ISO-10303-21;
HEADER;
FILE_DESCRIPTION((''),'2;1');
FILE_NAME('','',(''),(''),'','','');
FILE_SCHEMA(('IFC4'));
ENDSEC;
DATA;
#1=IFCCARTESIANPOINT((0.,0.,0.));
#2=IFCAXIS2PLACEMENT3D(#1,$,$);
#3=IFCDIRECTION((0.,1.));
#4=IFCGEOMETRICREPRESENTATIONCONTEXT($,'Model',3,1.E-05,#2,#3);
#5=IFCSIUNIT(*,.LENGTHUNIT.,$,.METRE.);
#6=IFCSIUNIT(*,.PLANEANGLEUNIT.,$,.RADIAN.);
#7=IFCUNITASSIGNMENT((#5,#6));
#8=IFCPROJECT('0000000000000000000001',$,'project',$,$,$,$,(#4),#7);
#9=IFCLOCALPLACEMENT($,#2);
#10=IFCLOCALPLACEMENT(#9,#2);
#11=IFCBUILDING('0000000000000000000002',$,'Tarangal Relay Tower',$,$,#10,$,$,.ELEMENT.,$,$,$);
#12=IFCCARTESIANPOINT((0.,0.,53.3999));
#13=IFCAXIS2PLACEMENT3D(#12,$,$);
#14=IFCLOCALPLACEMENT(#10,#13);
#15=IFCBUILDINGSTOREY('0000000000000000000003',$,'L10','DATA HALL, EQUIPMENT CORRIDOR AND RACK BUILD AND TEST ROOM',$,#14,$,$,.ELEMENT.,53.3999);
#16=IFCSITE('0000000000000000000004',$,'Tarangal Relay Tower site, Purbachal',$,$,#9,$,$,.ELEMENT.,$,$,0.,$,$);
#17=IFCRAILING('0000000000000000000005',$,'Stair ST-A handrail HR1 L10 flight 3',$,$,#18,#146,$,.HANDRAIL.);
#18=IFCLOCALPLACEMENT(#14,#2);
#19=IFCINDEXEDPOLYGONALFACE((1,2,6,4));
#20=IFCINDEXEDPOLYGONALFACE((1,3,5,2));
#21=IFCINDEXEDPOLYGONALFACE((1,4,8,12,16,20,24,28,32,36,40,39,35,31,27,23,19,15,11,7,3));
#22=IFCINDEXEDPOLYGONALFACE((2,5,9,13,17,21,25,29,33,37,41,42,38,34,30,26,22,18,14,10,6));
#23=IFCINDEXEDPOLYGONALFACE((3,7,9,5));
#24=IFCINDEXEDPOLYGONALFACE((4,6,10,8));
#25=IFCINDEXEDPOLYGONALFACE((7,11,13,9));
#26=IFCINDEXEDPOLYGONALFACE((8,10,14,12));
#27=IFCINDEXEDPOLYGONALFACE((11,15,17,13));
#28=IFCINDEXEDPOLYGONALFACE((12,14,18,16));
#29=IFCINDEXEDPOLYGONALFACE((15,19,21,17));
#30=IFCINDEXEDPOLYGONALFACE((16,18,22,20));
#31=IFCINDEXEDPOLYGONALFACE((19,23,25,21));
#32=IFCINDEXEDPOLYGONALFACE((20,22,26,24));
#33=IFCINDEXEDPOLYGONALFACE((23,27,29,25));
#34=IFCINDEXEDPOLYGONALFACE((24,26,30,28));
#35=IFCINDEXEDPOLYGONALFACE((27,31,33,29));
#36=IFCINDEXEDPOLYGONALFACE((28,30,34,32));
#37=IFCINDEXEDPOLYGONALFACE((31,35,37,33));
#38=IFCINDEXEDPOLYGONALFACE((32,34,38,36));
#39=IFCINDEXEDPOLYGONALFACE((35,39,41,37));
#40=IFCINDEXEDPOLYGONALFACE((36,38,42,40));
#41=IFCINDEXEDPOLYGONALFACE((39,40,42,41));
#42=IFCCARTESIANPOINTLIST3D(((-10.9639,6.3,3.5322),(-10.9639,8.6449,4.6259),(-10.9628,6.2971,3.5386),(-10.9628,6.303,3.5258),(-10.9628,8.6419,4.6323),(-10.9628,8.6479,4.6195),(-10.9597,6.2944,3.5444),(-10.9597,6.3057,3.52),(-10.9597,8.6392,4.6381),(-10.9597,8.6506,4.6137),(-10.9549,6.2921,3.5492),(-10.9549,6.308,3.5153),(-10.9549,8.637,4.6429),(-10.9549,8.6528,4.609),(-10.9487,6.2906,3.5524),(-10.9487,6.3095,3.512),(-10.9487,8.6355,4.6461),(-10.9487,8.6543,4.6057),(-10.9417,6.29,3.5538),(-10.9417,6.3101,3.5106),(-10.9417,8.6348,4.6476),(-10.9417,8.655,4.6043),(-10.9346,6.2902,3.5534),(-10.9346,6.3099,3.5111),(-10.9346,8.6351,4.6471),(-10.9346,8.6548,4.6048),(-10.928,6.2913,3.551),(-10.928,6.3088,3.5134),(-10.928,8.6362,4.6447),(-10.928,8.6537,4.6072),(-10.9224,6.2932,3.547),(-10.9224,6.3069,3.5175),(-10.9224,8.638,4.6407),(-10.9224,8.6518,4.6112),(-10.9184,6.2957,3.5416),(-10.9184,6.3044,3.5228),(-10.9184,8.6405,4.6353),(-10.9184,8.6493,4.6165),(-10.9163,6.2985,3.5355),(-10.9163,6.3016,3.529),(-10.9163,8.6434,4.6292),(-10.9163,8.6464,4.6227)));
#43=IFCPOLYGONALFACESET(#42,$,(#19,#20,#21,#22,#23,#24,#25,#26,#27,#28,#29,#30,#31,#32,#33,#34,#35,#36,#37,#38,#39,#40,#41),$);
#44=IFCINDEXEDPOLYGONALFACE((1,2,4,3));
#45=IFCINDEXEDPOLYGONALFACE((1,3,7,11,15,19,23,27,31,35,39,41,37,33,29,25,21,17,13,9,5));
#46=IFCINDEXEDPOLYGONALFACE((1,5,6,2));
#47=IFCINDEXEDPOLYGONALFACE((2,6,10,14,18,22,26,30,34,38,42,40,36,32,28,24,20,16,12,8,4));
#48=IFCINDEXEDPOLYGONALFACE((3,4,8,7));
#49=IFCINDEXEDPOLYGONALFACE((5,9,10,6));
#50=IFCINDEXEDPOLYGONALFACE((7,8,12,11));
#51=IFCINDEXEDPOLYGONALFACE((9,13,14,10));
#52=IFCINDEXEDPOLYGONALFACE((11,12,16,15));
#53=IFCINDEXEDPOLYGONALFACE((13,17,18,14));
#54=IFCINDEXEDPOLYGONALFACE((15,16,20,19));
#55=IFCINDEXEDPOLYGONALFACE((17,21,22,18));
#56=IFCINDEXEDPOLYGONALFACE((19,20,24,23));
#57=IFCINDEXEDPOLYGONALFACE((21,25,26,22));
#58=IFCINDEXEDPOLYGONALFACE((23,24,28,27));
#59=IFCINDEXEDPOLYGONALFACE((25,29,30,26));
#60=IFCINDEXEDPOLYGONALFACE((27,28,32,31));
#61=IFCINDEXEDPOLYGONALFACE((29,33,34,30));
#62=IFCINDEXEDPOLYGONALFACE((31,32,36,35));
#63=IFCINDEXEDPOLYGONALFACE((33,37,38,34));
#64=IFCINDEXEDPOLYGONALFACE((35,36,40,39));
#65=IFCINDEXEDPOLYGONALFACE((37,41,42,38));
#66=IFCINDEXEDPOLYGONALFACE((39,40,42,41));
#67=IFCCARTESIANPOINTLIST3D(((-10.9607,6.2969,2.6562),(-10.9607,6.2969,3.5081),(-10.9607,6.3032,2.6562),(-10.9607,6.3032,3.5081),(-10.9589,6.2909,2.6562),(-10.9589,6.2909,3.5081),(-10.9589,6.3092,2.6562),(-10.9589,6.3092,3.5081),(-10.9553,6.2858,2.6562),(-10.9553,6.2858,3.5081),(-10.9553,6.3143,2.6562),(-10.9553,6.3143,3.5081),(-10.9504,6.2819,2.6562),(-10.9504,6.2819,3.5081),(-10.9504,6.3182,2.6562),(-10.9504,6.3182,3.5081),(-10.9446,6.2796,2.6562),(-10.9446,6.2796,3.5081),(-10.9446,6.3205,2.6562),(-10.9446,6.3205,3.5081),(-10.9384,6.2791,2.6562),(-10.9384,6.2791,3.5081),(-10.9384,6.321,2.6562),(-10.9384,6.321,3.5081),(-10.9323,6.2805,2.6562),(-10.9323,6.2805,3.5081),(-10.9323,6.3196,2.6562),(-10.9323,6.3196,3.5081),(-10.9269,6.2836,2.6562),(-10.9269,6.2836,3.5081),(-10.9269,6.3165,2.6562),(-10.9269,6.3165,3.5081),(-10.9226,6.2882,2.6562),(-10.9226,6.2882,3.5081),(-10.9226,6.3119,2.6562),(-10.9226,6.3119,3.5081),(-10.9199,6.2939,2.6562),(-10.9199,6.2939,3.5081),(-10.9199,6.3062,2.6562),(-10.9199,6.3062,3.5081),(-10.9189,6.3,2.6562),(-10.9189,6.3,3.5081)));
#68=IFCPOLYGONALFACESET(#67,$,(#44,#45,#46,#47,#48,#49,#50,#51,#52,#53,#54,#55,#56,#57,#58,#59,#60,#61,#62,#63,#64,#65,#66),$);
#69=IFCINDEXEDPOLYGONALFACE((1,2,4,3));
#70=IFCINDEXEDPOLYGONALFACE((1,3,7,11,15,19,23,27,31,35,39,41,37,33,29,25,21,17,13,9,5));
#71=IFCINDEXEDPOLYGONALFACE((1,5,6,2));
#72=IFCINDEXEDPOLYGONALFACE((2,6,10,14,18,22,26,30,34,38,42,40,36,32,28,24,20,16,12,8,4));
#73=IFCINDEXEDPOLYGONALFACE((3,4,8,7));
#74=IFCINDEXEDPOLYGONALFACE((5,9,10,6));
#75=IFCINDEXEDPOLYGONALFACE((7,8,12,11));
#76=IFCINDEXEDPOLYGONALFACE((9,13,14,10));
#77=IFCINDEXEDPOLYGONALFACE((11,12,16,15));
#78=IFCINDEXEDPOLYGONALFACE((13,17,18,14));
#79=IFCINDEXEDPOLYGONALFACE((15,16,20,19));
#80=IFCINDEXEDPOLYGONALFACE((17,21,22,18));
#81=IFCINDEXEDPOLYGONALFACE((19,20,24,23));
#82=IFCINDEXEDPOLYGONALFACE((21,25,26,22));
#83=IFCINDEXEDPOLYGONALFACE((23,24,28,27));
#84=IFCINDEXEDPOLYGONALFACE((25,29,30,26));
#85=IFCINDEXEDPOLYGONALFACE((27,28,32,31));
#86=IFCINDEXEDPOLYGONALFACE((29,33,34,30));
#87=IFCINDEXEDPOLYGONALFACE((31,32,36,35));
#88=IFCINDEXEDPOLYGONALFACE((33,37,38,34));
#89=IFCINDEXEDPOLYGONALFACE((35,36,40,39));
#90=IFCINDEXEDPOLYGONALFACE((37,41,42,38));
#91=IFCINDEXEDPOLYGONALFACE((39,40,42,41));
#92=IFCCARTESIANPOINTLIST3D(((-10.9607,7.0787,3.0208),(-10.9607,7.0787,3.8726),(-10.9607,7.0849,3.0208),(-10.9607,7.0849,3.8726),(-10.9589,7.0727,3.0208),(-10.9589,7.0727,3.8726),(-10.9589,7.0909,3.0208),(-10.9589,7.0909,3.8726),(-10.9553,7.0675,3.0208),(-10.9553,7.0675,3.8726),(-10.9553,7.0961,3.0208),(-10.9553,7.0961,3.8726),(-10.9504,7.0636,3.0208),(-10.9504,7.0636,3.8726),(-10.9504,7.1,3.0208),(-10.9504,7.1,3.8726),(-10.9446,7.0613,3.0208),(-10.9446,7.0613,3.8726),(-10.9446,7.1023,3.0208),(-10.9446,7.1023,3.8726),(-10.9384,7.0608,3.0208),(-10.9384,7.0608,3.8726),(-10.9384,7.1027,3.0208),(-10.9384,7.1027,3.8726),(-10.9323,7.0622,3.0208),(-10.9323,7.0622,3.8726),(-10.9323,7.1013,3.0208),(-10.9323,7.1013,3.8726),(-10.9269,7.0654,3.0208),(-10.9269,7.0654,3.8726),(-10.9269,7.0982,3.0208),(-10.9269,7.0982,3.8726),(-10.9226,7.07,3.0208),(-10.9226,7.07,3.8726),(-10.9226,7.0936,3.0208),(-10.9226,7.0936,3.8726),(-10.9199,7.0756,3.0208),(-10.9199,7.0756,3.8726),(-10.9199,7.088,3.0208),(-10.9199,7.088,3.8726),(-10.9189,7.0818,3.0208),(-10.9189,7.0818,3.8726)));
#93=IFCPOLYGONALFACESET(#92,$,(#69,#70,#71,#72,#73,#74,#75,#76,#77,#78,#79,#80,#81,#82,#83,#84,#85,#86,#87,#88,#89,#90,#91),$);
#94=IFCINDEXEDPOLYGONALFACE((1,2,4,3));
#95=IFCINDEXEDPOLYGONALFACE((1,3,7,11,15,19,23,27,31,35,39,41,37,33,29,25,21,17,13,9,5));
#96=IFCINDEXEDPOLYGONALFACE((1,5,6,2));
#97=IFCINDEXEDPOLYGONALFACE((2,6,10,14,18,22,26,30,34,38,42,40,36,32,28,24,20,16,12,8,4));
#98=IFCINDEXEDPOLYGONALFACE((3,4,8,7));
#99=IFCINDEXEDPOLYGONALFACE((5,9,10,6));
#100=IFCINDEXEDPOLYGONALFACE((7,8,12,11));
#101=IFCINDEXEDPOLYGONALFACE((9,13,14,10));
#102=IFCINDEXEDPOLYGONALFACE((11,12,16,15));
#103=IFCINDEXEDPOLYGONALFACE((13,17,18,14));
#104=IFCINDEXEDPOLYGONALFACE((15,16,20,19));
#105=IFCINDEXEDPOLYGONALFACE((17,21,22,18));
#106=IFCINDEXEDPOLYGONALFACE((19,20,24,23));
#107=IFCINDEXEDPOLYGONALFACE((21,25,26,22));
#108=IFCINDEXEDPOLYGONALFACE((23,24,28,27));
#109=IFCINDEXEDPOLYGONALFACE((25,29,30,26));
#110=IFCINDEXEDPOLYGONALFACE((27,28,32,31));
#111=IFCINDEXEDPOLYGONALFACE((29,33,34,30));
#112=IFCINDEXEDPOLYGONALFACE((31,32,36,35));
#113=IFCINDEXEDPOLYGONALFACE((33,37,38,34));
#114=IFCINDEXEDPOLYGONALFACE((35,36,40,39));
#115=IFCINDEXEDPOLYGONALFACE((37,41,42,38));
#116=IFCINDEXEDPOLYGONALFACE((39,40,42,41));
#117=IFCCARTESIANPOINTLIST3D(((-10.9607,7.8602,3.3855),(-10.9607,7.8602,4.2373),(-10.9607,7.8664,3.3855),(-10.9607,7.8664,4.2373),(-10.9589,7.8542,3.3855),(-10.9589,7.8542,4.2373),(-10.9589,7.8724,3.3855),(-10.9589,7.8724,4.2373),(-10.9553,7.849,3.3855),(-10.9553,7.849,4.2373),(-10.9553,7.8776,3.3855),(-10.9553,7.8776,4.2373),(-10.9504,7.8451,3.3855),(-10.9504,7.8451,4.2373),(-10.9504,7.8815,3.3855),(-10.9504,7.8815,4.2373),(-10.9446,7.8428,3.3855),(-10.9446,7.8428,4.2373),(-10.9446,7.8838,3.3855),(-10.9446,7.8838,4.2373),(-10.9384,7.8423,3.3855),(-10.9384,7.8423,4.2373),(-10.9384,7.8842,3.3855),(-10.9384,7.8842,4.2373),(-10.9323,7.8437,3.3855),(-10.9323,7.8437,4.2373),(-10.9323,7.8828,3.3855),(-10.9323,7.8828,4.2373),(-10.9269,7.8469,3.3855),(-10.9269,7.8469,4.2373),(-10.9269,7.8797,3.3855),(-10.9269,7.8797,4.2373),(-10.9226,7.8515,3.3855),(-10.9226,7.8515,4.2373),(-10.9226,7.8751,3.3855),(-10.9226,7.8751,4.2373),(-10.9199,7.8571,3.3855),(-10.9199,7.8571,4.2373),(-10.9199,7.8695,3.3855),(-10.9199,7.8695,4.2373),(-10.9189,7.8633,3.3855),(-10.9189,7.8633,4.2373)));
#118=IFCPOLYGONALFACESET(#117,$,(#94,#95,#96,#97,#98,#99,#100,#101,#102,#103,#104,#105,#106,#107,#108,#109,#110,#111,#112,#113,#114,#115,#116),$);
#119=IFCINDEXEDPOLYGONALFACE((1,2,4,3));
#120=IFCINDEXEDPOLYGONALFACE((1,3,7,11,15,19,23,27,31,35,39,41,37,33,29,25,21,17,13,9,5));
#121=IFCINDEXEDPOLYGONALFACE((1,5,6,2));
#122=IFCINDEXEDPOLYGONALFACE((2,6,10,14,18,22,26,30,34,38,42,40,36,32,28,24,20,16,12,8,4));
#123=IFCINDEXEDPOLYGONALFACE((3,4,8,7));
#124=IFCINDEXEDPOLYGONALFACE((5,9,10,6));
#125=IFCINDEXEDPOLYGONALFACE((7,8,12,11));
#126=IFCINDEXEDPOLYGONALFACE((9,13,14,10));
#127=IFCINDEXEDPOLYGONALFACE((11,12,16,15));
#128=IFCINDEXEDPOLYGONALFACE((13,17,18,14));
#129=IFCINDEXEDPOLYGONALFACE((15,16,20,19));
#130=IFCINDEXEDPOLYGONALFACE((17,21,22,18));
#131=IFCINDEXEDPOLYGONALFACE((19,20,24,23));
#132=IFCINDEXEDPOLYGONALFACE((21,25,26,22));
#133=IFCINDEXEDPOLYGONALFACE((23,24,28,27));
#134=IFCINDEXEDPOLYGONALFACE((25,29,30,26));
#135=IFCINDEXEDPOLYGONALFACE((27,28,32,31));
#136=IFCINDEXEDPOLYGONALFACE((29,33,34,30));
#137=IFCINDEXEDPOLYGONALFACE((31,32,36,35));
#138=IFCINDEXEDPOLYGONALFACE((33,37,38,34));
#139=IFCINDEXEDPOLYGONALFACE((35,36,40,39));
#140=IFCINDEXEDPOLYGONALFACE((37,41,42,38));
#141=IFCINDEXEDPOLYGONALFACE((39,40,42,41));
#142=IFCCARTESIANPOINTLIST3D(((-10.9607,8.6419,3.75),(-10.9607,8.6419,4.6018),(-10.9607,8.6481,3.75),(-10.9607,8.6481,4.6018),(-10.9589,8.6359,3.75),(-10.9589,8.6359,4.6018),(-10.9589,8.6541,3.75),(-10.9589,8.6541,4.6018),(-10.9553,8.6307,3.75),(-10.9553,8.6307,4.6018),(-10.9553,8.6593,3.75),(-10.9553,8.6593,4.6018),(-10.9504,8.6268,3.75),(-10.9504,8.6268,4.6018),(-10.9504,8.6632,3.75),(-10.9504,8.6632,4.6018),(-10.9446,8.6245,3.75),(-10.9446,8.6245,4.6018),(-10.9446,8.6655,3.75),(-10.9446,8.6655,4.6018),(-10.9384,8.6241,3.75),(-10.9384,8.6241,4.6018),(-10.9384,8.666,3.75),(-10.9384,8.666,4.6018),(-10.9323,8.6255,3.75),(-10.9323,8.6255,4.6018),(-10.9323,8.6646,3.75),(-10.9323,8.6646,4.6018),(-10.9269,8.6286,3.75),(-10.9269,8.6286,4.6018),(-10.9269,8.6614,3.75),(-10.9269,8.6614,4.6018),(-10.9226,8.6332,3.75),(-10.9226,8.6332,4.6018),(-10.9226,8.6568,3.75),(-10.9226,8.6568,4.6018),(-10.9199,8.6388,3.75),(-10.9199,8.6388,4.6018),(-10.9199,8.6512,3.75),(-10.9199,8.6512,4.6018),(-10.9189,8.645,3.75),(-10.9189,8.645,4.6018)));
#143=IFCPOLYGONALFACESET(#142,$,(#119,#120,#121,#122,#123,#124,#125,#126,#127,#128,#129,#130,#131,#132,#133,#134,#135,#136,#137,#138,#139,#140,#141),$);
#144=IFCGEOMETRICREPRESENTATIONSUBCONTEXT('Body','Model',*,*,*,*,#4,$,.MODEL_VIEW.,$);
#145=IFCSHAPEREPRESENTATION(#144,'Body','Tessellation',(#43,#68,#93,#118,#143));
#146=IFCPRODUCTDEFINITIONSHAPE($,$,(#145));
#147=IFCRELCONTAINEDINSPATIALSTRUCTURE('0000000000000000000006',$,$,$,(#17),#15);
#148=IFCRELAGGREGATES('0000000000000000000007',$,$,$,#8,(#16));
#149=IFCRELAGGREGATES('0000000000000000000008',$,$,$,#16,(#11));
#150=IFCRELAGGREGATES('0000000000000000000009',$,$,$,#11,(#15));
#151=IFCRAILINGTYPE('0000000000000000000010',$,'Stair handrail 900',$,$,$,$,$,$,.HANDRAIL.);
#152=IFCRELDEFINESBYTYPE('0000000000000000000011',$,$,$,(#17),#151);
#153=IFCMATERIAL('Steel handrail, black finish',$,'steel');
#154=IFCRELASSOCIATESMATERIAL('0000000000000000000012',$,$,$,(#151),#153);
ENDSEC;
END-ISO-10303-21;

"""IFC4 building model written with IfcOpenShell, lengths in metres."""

from ifc_helpers import new_model, si_unit, direction, frame, origin, origin_2d, place, context, subcontext, project, spatial, circle, extrude, material, type_object, element, save


model = new_model("IFC4")

# Units and contexts
model_context = context("Model", 3, precision=1e-05, world=origin(), true_north=direction((0.0, 1.0)))
body_context = subcontext(model_context, "Body", "Model", "MODEL_VIEW")
ifc_project = project(units=[si_unit("LENGTHUNIT", "METRE"), si_unit("PLANEANGLEUNIT", "RADIAN")], contexts=[model_context])

# Site, building, storey
site_placement = place(None, origin())
site = spatial("IfcSite", under=ifc_project, at=site_placement, Name="Tarangal Relay Tower site, Purbachal", CompositionType="ELEMENT", RefElevation=0.0)
building_placement = place(site_placement, origin())
building = spatial("IfcBuilding", under=site, at=building_placement, Name="Tarangal Relay Tower", CompositionType="ELEMENT")
storey_placement = place(building_placement, frame((0.0, 0.0, 53.3999)))
storey = spatial("IfcBuildingStorey", under=building, at=storey_placement, Name="L10", Description="DATA HALL, EQUIPMENT CORRIDOR AND RACK BUILD AND TEST ROOM", CompositionType="ELEMENT", Elevation=53.3999)

# Railing
ifc_material_1 = material(Name="Steel handrail, black finish", Category="steel")
railing_type = type_object("IfcRailingType", Name="Stair handrail 900", PredefinedType="HANDRAIL", material=ifc_material_1)
for number, where, name in (
    (1, (-10.9399, 6.3, 2.6562), "Stair ST-A handrail HR1 L10 flight 3"),
):
    element("IfcRailing", number, at=place(storey_placement, frame(where)), inside=storey, type_object=railing_type, Name=name, PredefinedType="HANDRAIL", context=body_context, shape_type="SweptSolid", body=[
        extrude(circle(Radius=0.0239, at=origin_2d()), frame((0.0, 0.0, 0.876), z_axis=(0.0, 0.906267, 0.422705), x_axis=(-1.0, 0.0, 0.0)), (0.0, 0.0, 1.0), 2.5874),
        extrude(circle(Radius=0.021, at=origin_2d()), origin(), (0.0, 0.0, 1.0), 0.8518),
        extrude(circle(Radius=0.021, at=origin_2d()), frame((0.0, 0.7817, 0.3645)), (0.0, 0.0, 1.0), 0.8518),
        extrude(circle(Radius=0.021, at=origin_2d()), frame((0.0, 1.5632, 0.7292)), (0.0, 0.0, 1.0), 0.8518),
        extrude(circle(Radius=0.021, at=origin_2d()), frame((0.0, 2.345, 1.0938)), (0.0, 0.0, 1.0), 0.8518),
    ])

save(model, "model.ifc")
